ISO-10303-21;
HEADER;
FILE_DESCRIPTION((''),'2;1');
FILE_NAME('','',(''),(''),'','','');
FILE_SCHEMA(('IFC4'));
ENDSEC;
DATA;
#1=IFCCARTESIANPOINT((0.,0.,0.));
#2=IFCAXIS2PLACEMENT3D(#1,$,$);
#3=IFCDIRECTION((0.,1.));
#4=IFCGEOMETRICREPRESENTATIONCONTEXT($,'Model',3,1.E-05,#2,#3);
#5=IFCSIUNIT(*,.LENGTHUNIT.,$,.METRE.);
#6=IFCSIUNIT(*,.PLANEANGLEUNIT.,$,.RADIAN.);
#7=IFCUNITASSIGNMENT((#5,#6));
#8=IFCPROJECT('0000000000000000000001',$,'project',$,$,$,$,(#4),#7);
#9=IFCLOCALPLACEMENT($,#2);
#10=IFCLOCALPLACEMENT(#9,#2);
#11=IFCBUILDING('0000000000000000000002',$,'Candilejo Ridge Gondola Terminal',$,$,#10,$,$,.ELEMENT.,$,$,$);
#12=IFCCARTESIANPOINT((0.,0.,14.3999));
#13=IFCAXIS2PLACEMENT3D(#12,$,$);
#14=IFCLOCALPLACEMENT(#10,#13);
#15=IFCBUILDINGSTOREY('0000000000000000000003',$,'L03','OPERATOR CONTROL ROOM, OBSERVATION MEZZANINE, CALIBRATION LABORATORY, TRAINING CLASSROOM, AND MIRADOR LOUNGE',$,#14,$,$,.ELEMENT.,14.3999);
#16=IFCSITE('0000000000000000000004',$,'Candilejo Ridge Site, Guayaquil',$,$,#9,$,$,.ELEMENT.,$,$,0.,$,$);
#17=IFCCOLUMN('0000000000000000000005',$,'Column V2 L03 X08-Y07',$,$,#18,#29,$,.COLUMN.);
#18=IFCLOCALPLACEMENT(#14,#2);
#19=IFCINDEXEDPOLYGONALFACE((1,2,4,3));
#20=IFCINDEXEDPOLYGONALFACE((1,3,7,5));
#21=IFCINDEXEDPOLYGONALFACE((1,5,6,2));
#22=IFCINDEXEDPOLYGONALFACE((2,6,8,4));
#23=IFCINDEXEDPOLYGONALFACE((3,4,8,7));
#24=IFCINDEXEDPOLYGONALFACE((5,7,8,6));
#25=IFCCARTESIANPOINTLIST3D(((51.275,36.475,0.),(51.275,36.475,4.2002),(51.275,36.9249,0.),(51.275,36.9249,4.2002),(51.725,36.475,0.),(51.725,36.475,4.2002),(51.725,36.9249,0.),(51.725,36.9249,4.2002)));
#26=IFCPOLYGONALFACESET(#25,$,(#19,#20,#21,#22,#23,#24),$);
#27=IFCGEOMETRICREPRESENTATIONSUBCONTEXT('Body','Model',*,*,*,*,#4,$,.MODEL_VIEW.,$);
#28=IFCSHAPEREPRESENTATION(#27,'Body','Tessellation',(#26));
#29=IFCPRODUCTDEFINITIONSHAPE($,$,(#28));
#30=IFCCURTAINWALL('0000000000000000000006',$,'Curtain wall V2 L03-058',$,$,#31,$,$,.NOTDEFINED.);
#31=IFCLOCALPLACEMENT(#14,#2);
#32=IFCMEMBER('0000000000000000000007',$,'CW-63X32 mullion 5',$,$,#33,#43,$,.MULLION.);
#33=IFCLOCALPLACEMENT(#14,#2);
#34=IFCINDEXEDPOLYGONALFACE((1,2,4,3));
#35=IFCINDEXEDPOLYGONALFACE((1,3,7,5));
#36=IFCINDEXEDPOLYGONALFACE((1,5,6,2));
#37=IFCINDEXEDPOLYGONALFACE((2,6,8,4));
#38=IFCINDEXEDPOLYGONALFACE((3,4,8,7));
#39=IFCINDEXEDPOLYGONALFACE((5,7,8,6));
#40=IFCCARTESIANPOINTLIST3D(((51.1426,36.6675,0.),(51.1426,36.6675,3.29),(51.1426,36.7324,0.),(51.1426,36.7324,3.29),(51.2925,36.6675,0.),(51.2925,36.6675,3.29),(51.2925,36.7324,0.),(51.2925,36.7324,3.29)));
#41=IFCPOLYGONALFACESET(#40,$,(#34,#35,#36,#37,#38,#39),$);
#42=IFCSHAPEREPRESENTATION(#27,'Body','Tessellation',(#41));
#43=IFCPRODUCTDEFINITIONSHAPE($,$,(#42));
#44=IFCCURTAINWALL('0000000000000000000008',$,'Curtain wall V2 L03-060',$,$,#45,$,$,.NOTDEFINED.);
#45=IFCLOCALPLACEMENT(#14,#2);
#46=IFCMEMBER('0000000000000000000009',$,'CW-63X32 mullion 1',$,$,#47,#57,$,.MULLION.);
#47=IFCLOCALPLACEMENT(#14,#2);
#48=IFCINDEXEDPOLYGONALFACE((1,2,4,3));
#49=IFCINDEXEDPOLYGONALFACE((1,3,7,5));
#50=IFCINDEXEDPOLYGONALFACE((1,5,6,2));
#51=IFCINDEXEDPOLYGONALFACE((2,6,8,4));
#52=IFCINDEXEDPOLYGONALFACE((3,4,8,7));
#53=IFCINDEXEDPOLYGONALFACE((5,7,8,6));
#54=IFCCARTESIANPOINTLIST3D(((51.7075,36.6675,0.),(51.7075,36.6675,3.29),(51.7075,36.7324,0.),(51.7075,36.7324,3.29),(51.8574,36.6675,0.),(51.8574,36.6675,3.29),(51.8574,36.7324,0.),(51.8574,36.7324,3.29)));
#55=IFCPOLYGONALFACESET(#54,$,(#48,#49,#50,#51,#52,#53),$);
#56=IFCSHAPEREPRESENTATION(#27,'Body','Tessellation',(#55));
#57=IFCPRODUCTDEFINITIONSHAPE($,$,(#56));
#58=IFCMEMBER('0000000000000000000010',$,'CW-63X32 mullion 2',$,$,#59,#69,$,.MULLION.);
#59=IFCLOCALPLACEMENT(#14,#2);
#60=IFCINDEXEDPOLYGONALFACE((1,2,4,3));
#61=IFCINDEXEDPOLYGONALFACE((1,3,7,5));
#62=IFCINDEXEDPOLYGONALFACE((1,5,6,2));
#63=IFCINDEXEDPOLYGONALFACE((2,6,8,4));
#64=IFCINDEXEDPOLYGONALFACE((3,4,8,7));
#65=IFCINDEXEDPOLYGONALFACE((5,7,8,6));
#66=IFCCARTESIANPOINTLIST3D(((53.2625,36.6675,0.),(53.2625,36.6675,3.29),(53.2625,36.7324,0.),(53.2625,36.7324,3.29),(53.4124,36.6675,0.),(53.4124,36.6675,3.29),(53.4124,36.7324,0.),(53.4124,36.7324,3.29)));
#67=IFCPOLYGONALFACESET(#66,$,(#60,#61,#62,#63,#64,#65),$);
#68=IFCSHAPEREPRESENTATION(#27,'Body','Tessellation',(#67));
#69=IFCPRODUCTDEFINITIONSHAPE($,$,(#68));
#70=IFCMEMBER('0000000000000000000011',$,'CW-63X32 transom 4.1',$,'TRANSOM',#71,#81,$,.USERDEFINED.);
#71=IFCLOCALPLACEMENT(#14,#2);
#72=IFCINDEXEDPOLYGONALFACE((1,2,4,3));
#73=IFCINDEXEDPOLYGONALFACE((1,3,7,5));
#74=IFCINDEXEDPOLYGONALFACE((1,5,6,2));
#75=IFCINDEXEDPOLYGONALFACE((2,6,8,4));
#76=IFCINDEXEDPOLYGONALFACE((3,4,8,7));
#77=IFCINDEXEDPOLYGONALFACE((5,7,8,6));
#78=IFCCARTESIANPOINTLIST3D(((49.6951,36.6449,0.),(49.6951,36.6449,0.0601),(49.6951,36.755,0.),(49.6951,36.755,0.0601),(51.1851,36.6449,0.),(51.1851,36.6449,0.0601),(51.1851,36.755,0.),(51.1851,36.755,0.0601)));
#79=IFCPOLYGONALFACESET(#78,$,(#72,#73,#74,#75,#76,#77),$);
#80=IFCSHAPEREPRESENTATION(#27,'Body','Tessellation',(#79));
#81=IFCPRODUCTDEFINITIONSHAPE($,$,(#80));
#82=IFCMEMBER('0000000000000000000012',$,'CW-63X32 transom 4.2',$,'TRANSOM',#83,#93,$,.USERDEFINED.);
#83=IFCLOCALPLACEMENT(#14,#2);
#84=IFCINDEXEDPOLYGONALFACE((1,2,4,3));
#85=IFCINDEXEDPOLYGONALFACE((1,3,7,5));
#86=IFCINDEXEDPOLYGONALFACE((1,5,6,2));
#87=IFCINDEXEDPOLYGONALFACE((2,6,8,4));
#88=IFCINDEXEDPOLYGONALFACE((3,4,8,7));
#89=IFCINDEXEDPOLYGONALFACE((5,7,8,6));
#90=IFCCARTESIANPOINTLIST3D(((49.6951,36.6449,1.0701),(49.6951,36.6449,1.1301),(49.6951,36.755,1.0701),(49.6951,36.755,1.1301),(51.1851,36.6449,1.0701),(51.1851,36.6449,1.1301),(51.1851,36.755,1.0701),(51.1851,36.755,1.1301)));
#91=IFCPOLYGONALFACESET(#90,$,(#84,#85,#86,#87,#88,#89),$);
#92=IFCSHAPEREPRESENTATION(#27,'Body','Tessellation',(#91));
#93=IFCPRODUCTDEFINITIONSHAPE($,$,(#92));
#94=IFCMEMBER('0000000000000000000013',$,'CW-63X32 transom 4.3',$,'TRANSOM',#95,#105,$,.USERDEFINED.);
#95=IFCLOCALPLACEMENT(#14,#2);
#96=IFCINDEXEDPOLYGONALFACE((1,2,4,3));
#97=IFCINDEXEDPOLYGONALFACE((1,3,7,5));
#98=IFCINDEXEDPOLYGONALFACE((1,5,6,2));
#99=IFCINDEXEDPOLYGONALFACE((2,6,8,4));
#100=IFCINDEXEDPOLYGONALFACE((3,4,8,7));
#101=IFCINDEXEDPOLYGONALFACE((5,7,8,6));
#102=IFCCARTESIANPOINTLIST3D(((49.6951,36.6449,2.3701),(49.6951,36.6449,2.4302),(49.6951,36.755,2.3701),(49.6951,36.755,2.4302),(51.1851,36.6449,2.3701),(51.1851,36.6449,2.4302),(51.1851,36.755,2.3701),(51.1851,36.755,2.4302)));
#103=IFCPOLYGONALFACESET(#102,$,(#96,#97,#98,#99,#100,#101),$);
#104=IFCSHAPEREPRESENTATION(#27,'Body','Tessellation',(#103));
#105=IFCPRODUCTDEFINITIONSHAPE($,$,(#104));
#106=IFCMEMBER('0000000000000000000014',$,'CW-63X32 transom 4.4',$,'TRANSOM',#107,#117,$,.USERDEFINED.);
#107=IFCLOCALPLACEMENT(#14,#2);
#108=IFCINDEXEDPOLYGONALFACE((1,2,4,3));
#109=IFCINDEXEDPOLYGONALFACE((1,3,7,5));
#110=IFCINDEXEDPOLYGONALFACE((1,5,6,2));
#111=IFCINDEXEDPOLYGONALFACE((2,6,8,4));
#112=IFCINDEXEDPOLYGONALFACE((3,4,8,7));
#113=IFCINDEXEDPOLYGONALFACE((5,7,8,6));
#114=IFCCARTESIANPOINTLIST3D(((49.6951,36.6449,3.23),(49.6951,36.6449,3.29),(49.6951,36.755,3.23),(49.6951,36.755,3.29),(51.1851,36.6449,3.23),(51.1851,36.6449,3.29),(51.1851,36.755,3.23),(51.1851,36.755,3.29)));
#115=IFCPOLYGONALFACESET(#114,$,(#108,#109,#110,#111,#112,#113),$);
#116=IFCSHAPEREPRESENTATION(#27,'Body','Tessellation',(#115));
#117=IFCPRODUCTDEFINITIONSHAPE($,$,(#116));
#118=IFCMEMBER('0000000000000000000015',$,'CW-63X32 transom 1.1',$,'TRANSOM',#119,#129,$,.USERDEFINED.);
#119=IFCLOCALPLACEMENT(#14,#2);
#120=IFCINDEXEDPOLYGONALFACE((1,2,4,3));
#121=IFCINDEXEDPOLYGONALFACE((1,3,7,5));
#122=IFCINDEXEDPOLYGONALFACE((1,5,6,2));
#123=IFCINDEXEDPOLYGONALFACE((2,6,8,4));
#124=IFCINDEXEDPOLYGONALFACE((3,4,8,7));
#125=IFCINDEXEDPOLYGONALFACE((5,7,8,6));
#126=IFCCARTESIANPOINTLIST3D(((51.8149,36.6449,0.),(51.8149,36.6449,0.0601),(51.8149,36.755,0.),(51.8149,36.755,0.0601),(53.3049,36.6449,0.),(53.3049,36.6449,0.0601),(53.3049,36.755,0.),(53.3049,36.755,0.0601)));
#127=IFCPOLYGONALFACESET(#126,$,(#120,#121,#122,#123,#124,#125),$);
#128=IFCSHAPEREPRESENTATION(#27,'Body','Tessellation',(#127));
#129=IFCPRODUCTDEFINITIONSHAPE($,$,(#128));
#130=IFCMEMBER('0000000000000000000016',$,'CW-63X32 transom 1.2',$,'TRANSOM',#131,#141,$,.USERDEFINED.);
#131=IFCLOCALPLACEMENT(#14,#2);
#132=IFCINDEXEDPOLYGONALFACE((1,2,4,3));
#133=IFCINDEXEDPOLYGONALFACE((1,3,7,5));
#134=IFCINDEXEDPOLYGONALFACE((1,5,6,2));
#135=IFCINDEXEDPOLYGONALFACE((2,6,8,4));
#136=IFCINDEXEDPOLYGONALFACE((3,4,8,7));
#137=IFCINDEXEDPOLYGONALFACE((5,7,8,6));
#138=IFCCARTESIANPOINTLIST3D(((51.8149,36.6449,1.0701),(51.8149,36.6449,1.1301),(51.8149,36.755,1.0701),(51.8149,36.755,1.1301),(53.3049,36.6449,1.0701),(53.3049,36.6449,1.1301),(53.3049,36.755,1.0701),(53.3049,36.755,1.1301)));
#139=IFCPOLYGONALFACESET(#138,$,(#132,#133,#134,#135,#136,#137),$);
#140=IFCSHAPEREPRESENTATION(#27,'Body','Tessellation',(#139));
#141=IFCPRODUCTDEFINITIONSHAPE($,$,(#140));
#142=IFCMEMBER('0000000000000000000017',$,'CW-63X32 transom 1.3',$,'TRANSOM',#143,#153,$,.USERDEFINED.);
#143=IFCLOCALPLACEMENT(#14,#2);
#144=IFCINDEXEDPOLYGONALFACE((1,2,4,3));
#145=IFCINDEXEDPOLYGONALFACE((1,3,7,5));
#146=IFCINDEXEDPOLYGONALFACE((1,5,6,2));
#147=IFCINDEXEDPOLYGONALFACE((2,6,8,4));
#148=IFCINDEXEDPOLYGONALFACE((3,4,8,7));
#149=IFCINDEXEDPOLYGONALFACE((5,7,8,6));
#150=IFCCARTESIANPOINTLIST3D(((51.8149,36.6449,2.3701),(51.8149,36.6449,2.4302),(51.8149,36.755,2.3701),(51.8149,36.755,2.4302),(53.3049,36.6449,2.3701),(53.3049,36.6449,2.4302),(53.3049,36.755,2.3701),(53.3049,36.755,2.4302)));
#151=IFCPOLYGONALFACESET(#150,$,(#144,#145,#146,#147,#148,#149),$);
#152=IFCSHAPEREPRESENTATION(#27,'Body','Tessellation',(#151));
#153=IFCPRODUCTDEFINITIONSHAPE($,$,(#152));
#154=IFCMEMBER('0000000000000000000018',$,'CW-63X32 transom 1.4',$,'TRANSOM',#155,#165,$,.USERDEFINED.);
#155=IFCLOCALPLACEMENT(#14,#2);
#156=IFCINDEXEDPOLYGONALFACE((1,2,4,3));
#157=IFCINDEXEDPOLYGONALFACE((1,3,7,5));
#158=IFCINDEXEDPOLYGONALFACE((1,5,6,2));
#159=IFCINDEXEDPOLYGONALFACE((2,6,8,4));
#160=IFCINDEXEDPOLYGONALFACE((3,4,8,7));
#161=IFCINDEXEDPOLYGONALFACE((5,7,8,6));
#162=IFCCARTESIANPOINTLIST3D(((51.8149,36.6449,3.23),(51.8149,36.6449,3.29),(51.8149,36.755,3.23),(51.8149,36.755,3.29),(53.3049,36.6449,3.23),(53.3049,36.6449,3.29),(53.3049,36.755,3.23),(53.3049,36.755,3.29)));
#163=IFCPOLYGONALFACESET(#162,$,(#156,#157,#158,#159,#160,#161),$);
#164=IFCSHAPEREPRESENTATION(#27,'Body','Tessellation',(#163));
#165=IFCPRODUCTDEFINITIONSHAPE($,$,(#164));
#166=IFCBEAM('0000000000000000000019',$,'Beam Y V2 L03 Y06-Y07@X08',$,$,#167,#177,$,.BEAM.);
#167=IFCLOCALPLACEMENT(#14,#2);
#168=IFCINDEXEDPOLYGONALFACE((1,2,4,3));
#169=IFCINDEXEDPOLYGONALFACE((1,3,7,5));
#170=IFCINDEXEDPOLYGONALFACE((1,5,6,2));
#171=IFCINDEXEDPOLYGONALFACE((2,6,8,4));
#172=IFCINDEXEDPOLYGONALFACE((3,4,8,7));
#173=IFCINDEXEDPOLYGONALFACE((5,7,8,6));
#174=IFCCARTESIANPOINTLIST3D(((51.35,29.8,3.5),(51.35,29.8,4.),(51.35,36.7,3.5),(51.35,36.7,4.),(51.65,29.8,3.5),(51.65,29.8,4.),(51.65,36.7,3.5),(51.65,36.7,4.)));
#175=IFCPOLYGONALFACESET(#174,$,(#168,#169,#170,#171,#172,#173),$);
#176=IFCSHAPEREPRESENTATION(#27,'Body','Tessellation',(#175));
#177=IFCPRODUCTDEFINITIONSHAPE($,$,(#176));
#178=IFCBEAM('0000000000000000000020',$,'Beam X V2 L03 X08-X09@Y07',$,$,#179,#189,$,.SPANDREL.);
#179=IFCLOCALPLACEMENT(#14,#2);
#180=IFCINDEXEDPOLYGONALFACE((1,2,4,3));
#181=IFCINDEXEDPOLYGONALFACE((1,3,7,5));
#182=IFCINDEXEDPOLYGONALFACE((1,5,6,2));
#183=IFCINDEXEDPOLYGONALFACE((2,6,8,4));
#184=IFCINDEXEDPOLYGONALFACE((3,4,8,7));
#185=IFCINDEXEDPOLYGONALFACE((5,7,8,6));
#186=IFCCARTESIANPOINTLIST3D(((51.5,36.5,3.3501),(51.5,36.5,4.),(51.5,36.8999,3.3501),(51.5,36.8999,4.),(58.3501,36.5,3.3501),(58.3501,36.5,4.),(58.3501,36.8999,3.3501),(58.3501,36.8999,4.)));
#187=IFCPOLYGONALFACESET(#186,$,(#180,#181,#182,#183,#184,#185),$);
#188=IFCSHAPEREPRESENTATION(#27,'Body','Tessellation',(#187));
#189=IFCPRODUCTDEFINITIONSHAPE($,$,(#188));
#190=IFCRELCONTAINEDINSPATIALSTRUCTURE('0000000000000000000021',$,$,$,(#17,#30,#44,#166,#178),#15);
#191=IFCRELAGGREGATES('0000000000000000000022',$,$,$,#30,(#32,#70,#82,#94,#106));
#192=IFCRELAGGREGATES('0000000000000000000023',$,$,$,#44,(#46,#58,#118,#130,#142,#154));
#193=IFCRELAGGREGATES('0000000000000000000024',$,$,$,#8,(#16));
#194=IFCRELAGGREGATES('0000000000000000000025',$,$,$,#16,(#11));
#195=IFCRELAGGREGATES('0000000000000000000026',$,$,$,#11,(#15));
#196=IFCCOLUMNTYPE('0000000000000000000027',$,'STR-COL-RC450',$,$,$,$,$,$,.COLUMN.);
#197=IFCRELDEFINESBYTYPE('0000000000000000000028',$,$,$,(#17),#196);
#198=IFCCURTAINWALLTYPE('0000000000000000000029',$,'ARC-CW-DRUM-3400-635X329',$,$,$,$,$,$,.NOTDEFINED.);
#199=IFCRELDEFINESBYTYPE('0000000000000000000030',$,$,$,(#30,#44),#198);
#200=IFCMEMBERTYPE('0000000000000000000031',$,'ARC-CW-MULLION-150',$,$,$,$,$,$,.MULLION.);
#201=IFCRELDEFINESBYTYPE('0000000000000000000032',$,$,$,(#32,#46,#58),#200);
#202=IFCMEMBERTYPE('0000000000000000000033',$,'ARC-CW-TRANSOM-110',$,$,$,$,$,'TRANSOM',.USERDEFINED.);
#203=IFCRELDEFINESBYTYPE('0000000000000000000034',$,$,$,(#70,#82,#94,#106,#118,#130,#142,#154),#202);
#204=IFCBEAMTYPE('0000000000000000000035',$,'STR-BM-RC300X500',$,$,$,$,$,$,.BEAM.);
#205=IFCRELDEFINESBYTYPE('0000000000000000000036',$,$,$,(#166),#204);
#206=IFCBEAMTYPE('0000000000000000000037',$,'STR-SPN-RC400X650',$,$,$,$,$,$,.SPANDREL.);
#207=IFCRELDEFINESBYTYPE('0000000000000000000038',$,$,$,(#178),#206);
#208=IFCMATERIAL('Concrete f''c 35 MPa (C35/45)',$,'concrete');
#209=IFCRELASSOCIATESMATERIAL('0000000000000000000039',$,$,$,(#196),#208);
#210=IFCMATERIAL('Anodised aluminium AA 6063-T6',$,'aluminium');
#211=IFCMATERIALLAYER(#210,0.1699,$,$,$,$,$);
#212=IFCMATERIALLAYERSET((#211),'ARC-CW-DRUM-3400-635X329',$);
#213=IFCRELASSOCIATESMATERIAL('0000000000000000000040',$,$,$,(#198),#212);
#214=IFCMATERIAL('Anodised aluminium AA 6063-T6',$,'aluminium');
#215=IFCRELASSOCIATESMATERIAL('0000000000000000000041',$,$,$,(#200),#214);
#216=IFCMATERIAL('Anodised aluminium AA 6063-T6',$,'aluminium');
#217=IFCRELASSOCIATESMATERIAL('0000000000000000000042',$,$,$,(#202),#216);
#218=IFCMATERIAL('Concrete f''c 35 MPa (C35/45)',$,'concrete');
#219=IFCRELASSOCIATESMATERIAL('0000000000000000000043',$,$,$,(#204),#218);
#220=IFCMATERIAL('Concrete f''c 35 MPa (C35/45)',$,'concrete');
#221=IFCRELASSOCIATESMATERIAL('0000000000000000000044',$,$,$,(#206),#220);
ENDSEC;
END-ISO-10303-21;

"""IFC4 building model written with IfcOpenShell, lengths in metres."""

from ifc_helpers import new_model, si_unit, direction, frame, origin, origin_2d, place, context, subcontext, project, spatial, rectangle, extrude, material, layer, layer_set, material_profile, profile_set, type_object, element, aggregate, save


model = new_model("IFC4")

# Units and contexts
model_context = context("Model", 3, precision=1e-05, world=origin(), true_north=direction((0.0, 1.0)))
body_context = subcontext(model_context, "Body", "Model", "MODEL_VIEW")
ifc_project = project(units=[si_unit("LENGTHUNIT", "METRE"), si_unit("PLANEANGLEUNIT", "RADIAN")], contexts=[model_context])

# Site, building, storey
site_placement = place(None, origin())
site = spatial("IfcSite", under=ifc_project, at=site_placement, Name="Candilejo Ridge Site, Guayaquil", CompositionType="ELEMENT", RefElevation=0.0)
building_placement = place(site_placement, origin())
building = spatial("IfcBuilding", under=site, at=building_placement, Name="Candilejo Ridge Gondola Terminal", CompositionType="ELEMENT")
storey_placement = place(building_placement, frame((0.0, 0.0, 14.3999)))
storey = spatial("IfcBuildingStorey", under=building, at=storey_placement, Name="L03", Description="OPERATOR CONTROL ROOM, OBSERVATION MEZZANINE, CALIBRATION LABORATORY, TRAINING CLASSROOM, AND MIRADOR LOUNGE", CompositionType="ELEMENT", Elevation=14.3999)

# Column
ifc_material_1 = material(Name="Concrete f'c 35 MPa (C35/45)", Category="concrete")
ifc_material_profile_1 = material_profile(ifc_material_1, rectangle(XDim=0.45, YDim=0.45, at=origin_2d()))
ifc_profile_set_1 = profile_set([ifc_material_profile_1], Name="Concrete f'c 35 MPa (C35/45)")
column_type = type_object("IfcColumnType", Name="STR-COL-RC450", PredefinedType="COLUMN", material=ifc_profile_set_1)
column_placement = place(storey_placement, frame((51.5, 36.7, 0.0), z_axis=(0.0, 0.0, 1.0), x_axis=(1.0, 0.0, 0.0)))
element("IfcColumn", 1, at=column_placement, inside=storey, type_object=column_type, Name="Column V2 L03 X08-Y07", PredefinedType="COLUMN", context=body_context, shape_type="SweptSolid", body=[
    extrude(rectangle(XDim=0.45, YDim=0.45, at=origin_2d()), origin(), (0.0, 0.0, 1.0), 4.2002),
])

# Curtain wall, member
ifc_material_2 = material(Name="Anodised aluminium AA 6063-T6", Category="aluminium")
ifc_layer_1 = layer(ifc_material_2, 0.1699)
ifc_layer_set_1 = layer_set([ifc_layer_1], Name="ARC-CW-DRUM-3400-635X329")
curtain_wall_type = type_object("IfcCurtainWallType", Name="ARC-CW-DRUM-3400-635X329", PredefinedType="NOTDEFINED", material=ifc_layer_set_1)
curtain_wall_1_placement = place(storey_placement, origin())
curtain_wall_1 = element("IfcCurtainWall", 2, at=curtain_wall_1_placement, inside=storey, type_object=curtain_wall_type, Name="Curtain wall V2 L03-058", PredefinedType="NOTDEFINED")
ifc_material_3 = material(Name="Anodised aluminium AA 6063-T6", Category="aluminium")
ifc_material_profile_2 = material_profile(ifc_material_3, rectangle(XDim=0.0649, YDim=0.1499, at=origin_2d()))
ifc_profile_set_2 = profile_set([ifc_material_profile_2], Name="Anodised aluminium AA 6063-T6")
member_type_1 = type_object("IfcMemberType", Name="ARC-CW-MULLION-150", PredefinedType="MULLION", material=ifc_profile_set_2)
member_1_placement = place(storey_placement, frame((51.2175, 36.7, 0.0), z_axis=(0.0, 0.0, 1.0), x_axis=(0.0, 1.0, 0.0)))
member_1 = element("IfcMember", 3, at=member_1_placement, type_object=member_type_1, Name="CW-63X32 mullion 5", PredefinedType="MULLION", context=body_context, shape_type="SweptSolid", body=[
    extrude(rectangle(XDim=0.0649, YDim=0.1499, at=origin_2d()), origin(), (0.0, 0.0, 1.0), 3.29),
])

# Curtain wall, members
curtain_wall_2_placement = place(storey_placement, origin())
curtain_wall_2 = element("IfcCurtainWall", 4, at=curtain_wall_2_placement, inside=storey, type_object=curtain_wall_type, Name="Curtain wall V2 L03-060", PredefinedType="NOTDEFINED")
member_2_placement = place(storey_placement, frame((51.7825, 36.7, 0.0), z_axis=(0.0, 0.0, 1.0), x_axis=(0.0, 1.0, 0.0)))
member_2 = element("IfcMember", 5, at=member_2_placement, type_object=member_type_1, Name="CW-63X32 mullion 1", PredefinedType="MULLION", context=body_context, shape_type="SweptSolid", body=[
    extrude(rectangle(XDim=0.0649, YDim=0.1499, at=origin_2d()), origin(), (0.0, 0.0, 1.0), 3.29),
])
member_3_placement = place(storey_placement, frame((53.3374, 36.7, 0.0), z_axis=(0.0, 0.0, 1.0), x_axis=(0.0, 1.0, 0.0)))
member_3 = element("IfcMember", 6, at=member_3_placement, type_object=member_type_1, Name="CW-63X32 mullion 2", PredefinedType="MULLION", context=body_context, shape_type="SweptSolid", body=[
    extrude(rectangle(XDim=0.0649, YDim=0.1499, at=origin_2d()), origin(), (0.0, 0.0, 1.0), 3.29),
])

# Members
ifc_material_4 = material(Name="Anodised aluminium AA 6063-T6", Category="aluminium")
ifc_material_profile_3 = material_profile(ifc_material_4, rectangle(XDim=0.1101, YDim=0.0601, at=origin_2d()))
ifc_profile_set_3 = profile_set([ifc_material_profile_3], Name="Anodised aluminium AA 6063-T6")
member_type_2 = type_object("IfcMemberType", Name="ARC-CW-TRANSOM-110", ElementType="TRANSOM", PredefinedType="USERDEFINED", material=ifc_profile_set_3)
member_4_placement = place(storey_placement, frame((49.6951, 36.7, 0.03), z_axis=(1.0, 0.0, 0.0), x_axis=(0.0, 1.0, 0.0)))
member_4 = element("IfcMember", 7, at=member_4_placement, type_object=member_type_2, Name="CW-63X32 transom 4.1", ObjectType="TRANSOM", PredefinedType="USERDEFINED", context=body_context, shape_type="SweptSolid", body=[
    extrude(rectangle(XDim=0.1101, YDim=0.0601, at=origin_2d()), origin(), (0.0, 0.0, 1.0), 1.49),
])
member_5_placement = place(storey_placement, frame((49.6951, 36.7, 1.1001), z_axis=(1.0, 0.0, 0.0), x_axis=(0.0, 1.0, 0.0)))
member_5 = element("IfcMember", 8, at=member_5_placement, type_object=member_type_2, Name="CW-63X32 transom 4.2", ObjectType="TRANSOM", PredefinedType="USERDEFINED", context=body_context, shape_type="SweptSolid", body=[
    extrude(rectangle(XDim=0.1101, YDim=0.0601, at=origin_2d()), origin(), (0.0, 0.0, 1.0), 1.49),
])
member_6_placement = place(storey_placement, frame((49.6951, 36.7, 2.4001), z_axis=(1.0, 0.0, 0.0), x_axis=(0.0, 1.0, 0.0)))
member_6 = element("IfcMember", 9, at=member_6_placement, type_object=member_type_2, Name="CW-63X32 transom 4.3", ObjectType="TRANSOM", PredefinedType="USERDEFINED", context=body_context, shape_type="SweptSolid", body=[
    extrude(rectangle(XDim=0.1101, YDim=0.0601, at=origin_2d()), origin(), (0.0, 0.0, 1.0), 1.49),
])
member_7_placement = place(storey_placement, frame((49.6951, 36.7, 3.26), z_axis=(1.0, 0.0, 0.0), x_axis=(0.0, 1.0, 0.0)))
member_7 = element("IfcMember", 10, at=member_7_placement, type_object=member_type_2, Name="CW-63X32 transom 4.4", ObjectType="TRANSOM", PredefinedType="USERDEFINED", context=body_context, shape_type="SweptSolid", body=[
    extrude(rectangle(XDim=0.1101, YDim=0.0601, at=origin_2d()), origin(), (0.0, 0.0, 1.0), 1.49),
])
member_8_placement = place(storey_placement, frame((51.8149, 36.7, 0.03), z_axis=(1.0, 0.0, 0.0), x_axis=(0.0, 1.0, 0.0)))
member_8 = element("IfcMember", 11, at=member_8_placement, type_object=member_type_2, Name="CW-63X32 transom 1.1", ObjectType="TRANSOM", PredefinedType="USERDEFINED", context=body_context, shape_type="SweptSolid", body=[
    extrude(rectangle(XDim=0.1101, YDim=0.0601, at=origin_2d()), origin(), (0.0, 0.0, 1.0), 1.49),
])
member_9_placement = place(storey_placement, frame((51.8149, 36.7, 1.1001), z_axis=(1.0, 0.0, 0.0), x_axis=(0.0, 1.0, 0.0)))
member_9 = element("IfcMember", 12, at=member_9_placement, type_object=member_type_2, Name="CW-63X32 transom 1.2", ObjectType="TRANSOM", PredefinedType="USERDEFINED", context=body_context, shape_type="SweptSolid", body=[
    extrude(rectangle(XDim=0.1101, YDim=0.0601, at=origin_2d()), origin(), (0.0, 0.0, 1.0), 1.49),
])
member_10_placement = place(storey_placement, frame((51.8149, 36.7, 2.4001), z_axis=(1.0, 0.0, 0.0), x_axis=(0.0, 1.0, 0.0)))
member_10 = element("IfcMember", 13, at=member_10_placement, type_object=member_type_2, Name="CW-63X32 transom 1.3", ObjectType="TRANSOM", PredefinedType="USERDEFINED", context=body_context, shape_type="SweptSolid", body=[
    extrude(rectangle(XDim=0.1101, YDim=0.0601, at=origin_2d()), origin(), (0.0, 0.0, 1.0), 1.49),
])
member_11_placement = place(storey_placement, frame((51.8149, 36.7, 3.26), z_axis=(1.0, 0.0, 0.0), x_axis=(0.0, 1.0, 0.0)))
member_11 = element("IfcMember", 14, at=member_11_placement, type_object=member_type_2, Name="CW-63X32 transom 1.4", ObjectType="TRANSOM", PredefinedType="USERDEFINED", context=body_context, shape_type="SweptSolid", body=[
    extrude(rectangle(XDim=0.1101, YDim=0.0601, at=origin_2d()), origin(), (0.0, 0.0, 1.0), 1.49),
])

# Beams
ifc_material_5 = material(Name="Concrete f'c 35 MPa (C35/45)", Category="concrete")
ifc_material_profile_4 = material_profile(ifc_material_5, rectangle(XDim=0.3, YDim=0.5, at=origin_2d()))
ifc_profile_set_4 = profile_set([ifc_material_profile_4], Name="Concrete f'c 35 MPa (C35/45)")
beam_type_1 = type_object("IfcBeamType", Name="STR-BM-RC300X500", PredefinedType="BEAM", material=ifc_profile_set_4)
beam_1_placement = place(storey_placement, frame((51.5, 29.8, 3.75), z_axis=(0.0, 1.0, 0.0), x_axis=(-1.0, 0.0, 0.0)))
element("IfcBeam", 15, at=beam_1_placement, inside=storey, type_object=beam_type_1, Name="Beam Y V2 L03 Y06-Y07@X08", PredefinedType="BEAM", context=body_context, shape_type="SweptSolid", body=[
    extrude(rectangle(XDim=0.3, YDim=0.5, at=origin_2d()), origin(), (0.0, 0.0, 1.0), 6.8999),
])
ifc_material_6 = material(Name="Concrete f'c 35 MPa (C35/45)", Category="concrete")
ifc_material_profile_5 = material_profile(ifc_material_6, rectangle(XDim=0.3999, YDim=0.6499, at=origin_2d()))
ifc_profile_set_5 = profile_set([ifc_material_profile_5], Name="Concrete f'c 35 MPa (C35/45)")
beam_type_2 = type_object("IfcBeamType", Name="STR-SPN-RC400X650", PredefinedType="SPANDREL", material=ifc_profile_set_5)
beam_2_placement = place(storey_placement, frame((51.5, 36.7, 3.675), z_axis=(1.0, 0.0, 0.0), x_axis=(0.0, 1.0, 0.0)))
element("IfcBeam", 16, at=beam_2_placement, inside=storey, type_object=beam_type_2, Name="Beam X V2 L03 X08-X09@Y07", PredefinedType="SPANDREL", context=body_context, shape_type="SweptSolid", body=[
    extrude(rectangle(XDim=0.3999, YDim=0.6499, at=origin_2d()), origin(), (0.0, 0.0, 1.0), 6.8501),
])

aggregate(curtain_wall_1, [member_1, member_4, member_5, member_6, member_7])
aggregate(curtain_wall_2, [member_2, member_3, member_8, member_9, member_10, member_11])

save(model, "model.ifc")
